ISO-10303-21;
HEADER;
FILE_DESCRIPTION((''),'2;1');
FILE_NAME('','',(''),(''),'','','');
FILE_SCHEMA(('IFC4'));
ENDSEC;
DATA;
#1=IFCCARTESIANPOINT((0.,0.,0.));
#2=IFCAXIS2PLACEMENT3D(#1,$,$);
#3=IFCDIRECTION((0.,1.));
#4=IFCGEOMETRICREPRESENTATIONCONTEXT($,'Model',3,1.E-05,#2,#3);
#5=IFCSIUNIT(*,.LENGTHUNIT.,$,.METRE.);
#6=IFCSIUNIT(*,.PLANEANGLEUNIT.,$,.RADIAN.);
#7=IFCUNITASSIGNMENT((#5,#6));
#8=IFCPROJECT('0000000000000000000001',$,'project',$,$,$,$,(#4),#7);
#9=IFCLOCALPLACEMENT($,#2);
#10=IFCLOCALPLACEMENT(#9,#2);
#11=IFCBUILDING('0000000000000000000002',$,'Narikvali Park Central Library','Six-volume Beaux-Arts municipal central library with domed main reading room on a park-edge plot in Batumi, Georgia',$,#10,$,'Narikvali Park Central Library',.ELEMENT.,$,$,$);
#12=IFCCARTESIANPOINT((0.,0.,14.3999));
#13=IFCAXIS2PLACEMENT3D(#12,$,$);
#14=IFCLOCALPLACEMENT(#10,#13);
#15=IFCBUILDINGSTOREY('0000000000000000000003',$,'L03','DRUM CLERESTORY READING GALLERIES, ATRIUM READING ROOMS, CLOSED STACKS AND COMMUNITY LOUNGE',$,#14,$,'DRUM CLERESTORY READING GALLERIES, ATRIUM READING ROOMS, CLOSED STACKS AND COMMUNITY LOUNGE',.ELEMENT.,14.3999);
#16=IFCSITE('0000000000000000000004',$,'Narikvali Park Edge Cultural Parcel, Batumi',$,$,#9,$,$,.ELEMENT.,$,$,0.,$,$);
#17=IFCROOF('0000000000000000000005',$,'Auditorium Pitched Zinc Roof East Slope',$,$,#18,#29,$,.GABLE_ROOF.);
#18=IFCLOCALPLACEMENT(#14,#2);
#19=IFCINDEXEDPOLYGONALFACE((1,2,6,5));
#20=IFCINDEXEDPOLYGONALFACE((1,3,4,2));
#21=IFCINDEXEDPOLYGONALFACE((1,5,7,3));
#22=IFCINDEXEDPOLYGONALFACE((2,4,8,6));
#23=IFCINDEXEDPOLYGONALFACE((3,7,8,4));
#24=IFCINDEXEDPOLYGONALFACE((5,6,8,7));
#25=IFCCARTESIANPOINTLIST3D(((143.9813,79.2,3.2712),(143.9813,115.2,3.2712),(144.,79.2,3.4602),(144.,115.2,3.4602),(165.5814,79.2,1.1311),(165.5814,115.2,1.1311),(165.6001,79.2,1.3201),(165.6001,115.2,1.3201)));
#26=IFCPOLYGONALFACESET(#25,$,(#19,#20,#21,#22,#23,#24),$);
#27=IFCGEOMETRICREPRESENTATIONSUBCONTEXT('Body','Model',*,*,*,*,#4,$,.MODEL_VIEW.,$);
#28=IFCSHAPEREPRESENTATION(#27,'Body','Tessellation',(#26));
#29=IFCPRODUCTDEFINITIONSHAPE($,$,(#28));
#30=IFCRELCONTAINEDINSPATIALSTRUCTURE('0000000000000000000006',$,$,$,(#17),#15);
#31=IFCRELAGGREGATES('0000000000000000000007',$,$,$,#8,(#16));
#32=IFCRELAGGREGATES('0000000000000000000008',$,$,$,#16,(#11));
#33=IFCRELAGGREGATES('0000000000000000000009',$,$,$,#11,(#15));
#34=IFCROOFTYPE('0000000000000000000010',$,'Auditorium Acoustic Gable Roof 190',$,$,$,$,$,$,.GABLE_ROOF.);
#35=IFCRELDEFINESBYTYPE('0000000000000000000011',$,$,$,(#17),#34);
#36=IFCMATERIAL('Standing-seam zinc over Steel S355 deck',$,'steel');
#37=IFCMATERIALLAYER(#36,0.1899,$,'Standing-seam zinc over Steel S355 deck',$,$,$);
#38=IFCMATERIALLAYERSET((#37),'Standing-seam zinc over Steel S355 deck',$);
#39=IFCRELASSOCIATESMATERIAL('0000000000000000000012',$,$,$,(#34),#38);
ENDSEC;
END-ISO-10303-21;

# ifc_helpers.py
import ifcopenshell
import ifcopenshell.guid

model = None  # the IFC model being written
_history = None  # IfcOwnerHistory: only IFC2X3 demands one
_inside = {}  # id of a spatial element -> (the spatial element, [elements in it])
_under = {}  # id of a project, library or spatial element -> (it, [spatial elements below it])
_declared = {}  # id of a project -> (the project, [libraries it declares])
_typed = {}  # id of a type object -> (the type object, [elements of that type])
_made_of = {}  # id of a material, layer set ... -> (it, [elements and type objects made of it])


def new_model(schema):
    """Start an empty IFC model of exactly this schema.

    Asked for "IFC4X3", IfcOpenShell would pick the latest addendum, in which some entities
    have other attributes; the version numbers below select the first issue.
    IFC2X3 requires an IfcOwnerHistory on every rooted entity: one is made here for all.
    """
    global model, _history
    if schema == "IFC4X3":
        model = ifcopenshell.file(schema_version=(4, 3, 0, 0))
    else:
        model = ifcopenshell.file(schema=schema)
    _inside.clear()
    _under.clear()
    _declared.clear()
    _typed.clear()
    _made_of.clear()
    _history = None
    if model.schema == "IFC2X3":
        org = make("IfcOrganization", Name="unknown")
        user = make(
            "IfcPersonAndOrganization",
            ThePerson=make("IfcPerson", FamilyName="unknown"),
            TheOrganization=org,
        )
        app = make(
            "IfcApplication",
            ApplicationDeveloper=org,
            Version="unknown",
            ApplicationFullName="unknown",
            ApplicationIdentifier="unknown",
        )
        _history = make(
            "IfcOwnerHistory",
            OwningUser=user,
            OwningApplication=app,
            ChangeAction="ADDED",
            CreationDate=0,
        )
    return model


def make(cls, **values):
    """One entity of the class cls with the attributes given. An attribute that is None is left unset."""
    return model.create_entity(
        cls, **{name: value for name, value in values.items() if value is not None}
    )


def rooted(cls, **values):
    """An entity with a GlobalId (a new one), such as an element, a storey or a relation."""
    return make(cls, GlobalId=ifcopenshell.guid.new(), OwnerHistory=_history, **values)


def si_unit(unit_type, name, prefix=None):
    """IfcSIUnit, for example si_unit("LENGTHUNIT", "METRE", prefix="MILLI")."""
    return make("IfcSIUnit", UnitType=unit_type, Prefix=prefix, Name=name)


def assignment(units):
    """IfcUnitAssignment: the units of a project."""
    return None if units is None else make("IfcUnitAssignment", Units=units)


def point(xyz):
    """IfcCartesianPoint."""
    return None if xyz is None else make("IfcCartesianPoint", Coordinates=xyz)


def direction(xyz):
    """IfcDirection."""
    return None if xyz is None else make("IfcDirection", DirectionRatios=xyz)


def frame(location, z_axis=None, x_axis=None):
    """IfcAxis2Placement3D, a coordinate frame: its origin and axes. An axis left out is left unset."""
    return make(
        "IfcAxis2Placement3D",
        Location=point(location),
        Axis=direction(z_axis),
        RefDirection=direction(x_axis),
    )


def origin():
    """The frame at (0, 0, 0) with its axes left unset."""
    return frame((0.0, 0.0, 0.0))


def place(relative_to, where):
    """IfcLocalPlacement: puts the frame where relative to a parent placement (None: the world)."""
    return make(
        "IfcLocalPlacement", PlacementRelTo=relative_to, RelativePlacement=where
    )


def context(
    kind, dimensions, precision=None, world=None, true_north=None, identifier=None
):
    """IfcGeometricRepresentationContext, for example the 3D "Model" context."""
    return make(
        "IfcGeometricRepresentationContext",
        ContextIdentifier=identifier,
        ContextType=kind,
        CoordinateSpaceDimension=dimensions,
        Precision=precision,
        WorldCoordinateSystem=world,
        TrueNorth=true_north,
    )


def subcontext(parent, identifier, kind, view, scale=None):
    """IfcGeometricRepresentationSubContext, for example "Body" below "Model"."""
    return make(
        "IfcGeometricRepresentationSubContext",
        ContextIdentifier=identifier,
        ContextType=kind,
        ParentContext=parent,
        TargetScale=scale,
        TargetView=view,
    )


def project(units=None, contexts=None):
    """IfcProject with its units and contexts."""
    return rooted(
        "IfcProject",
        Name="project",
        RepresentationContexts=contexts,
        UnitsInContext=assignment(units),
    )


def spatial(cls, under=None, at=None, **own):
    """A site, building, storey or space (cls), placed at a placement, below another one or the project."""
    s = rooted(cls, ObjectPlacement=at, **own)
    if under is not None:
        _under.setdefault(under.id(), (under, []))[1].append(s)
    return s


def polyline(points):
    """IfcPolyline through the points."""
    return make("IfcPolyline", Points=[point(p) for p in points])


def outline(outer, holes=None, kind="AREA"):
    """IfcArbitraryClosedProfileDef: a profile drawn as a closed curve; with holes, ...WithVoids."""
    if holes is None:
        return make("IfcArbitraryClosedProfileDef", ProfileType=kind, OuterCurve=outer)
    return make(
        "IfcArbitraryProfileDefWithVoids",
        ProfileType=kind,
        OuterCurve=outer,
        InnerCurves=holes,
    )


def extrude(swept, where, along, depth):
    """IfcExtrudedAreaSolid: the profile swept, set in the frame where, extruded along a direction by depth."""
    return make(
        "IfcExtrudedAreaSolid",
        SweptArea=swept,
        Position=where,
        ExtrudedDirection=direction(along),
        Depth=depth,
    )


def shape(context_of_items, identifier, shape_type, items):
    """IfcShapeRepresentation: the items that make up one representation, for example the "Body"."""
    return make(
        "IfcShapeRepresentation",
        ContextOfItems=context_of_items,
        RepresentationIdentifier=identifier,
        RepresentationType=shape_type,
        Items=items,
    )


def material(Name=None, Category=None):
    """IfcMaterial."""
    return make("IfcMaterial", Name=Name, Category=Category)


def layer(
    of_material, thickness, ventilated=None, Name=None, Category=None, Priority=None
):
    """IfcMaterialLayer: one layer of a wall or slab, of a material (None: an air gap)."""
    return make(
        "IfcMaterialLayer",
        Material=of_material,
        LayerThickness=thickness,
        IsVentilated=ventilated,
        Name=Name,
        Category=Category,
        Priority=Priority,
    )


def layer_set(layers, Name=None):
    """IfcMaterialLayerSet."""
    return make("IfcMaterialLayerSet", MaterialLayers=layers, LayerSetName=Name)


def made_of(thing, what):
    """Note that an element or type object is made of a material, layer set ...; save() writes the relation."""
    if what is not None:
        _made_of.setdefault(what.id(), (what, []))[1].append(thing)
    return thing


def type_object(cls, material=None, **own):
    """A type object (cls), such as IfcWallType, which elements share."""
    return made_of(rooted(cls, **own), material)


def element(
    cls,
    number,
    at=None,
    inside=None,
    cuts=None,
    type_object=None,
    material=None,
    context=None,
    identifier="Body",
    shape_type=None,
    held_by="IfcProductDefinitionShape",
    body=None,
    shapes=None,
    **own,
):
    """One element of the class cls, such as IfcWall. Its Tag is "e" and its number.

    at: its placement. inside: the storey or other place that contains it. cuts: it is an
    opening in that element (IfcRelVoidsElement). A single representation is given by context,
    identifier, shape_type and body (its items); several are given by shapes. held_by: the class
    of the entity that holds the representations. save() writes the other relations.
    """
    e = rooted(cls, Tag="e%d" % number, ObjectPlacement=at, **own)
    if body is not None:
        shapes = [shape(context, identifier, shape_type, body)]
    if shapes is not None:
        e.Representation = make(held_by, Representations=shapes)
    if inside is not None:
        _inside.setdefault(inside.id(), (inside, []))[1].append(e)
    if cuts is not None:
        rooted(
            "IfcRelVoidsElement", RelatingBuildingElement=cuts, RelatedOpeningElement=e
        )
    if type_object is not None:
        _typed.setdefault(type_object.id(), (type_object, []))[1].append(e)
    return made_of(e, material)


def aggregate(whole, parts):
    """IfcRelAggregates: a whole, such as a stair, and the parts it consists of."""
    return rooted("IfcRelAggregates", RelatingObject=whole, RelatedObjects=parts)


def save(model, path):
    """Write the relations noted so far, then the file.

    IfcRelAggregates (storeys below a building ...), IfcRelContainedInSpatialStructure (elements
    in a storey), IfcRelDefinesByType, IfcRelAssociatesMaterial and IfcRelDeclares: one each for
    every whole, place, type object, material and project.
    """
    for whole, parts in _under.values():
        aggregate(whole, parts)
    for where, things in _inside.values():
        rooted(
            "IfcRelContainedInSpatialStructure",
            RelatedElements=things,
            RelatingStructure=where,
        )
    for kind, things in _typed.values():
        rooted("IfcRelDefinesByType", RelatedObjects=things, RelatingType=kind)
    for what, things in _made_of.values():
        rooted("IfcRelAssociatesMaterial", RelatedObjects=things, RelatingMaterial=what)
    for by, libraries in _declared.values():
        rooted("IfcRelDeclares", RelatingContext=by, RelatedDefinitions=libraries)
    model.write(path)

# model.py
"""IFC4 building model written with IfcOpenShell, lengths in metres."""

from ifc_helpers import new_model, si_unit, direction, frame, origin, place, context, subcontext, project, spatial, polyline, outline, extrude, material, layer, layer_set, type_object, element, save


model = new_model("IFC4")

# Units and contexts
model_context = context("Model", 3, precision=1e-05, world=origin(), true_north=direction((0.0, 1.0)))
body_context = subcontext(model_context, "Body", "Model", "MODEL_VIEW")
ifc_project = project(units=[si_unit("LENGTHUNIT", "METRE"), si_unit("PLANEANGLEUNIT", "RADIAN")], contexts=[model_context])

# Site, building, storey
site_placement = place(None, origin())
site = spatial("IfcSite", under=ifc_project, at=site_placement, Name="Narikvali Park Edge Cultural Parcel, Batumi", CompositionType="ELEMENT", RefElevation=0.0)
building_placement = place(site_placement, origin())
building = spatial("IfcBuilding", under=site, at=building_placement, Name="Narikvali Park Central Library", Description="Six-volume Beaux-Arts municipal central library with domed main reading room on a park-edge plot in Batumi, Georgia", LongName="Narikvali Park Central Library", CompositionType="ELEMENT")
storey_placement = place(building_placement, frame((0.0, 0.0, 14.3999)))
storey = spatial("IfcBuildingStorey", under=building, at=storey_placement, Name="L03", Description="DRUM CLERESTORY READING GALLERIES, ATRIUM READING ROOMS, CLOSED STACKS AND COMMUNITY LOUNGE", LongName="DRUM CLERESTORY READING GALLERIES, ATRIUM READING ROOMS, CLOSED STACKS AND COMMUNITY LOUNGE", CompositionType="ELEMENT", Elevation=14.3999)

# Roof
ifc_material_1 = material(Name="Standing-seam zinc over Steel S355 deck", Category="steel")
ifc_layer_1 = layer(ifc_material_1, 0.1899, Name="Standing-seam zinc over Steel S355 deck")
ifc_layer_set_1 = layer_set([ifc_layer_1], Name="Standing-seam zinc over Steel S355 deck")
roof_type = type_object("IfcRoofType", Name="Auditorium Acoustic Gable Roof 190", PredefinedType="GABLE_ROOF", material=ifc_layer_set_1)
roof_placement = place(storey_placement, frame((144.0, 79.2, 3.4602), z_axis=(0.098597, 0.0, 0.995127), x_axis=(0.995127, 0.0, -0.098597)))
element("IfcRoof", 1, at=roof_placement, inside=storey, type_object=roof_type, Name="Auditorium Pitched Zinc Roof East Slope", PredefinedType="GABLE_ROOF", context=body_context, shape_type="SweptSolid", body=[
    extrude(outline(polyline([(0.0, 0.0), (21.7059, 0.0), (21.7059, 36.0), (0.0, 36.0), (0.0, 0.0)])), origin(), (0.0, 0.0, -1.0), 0.1899),
])

save(model, "model.ifc")
